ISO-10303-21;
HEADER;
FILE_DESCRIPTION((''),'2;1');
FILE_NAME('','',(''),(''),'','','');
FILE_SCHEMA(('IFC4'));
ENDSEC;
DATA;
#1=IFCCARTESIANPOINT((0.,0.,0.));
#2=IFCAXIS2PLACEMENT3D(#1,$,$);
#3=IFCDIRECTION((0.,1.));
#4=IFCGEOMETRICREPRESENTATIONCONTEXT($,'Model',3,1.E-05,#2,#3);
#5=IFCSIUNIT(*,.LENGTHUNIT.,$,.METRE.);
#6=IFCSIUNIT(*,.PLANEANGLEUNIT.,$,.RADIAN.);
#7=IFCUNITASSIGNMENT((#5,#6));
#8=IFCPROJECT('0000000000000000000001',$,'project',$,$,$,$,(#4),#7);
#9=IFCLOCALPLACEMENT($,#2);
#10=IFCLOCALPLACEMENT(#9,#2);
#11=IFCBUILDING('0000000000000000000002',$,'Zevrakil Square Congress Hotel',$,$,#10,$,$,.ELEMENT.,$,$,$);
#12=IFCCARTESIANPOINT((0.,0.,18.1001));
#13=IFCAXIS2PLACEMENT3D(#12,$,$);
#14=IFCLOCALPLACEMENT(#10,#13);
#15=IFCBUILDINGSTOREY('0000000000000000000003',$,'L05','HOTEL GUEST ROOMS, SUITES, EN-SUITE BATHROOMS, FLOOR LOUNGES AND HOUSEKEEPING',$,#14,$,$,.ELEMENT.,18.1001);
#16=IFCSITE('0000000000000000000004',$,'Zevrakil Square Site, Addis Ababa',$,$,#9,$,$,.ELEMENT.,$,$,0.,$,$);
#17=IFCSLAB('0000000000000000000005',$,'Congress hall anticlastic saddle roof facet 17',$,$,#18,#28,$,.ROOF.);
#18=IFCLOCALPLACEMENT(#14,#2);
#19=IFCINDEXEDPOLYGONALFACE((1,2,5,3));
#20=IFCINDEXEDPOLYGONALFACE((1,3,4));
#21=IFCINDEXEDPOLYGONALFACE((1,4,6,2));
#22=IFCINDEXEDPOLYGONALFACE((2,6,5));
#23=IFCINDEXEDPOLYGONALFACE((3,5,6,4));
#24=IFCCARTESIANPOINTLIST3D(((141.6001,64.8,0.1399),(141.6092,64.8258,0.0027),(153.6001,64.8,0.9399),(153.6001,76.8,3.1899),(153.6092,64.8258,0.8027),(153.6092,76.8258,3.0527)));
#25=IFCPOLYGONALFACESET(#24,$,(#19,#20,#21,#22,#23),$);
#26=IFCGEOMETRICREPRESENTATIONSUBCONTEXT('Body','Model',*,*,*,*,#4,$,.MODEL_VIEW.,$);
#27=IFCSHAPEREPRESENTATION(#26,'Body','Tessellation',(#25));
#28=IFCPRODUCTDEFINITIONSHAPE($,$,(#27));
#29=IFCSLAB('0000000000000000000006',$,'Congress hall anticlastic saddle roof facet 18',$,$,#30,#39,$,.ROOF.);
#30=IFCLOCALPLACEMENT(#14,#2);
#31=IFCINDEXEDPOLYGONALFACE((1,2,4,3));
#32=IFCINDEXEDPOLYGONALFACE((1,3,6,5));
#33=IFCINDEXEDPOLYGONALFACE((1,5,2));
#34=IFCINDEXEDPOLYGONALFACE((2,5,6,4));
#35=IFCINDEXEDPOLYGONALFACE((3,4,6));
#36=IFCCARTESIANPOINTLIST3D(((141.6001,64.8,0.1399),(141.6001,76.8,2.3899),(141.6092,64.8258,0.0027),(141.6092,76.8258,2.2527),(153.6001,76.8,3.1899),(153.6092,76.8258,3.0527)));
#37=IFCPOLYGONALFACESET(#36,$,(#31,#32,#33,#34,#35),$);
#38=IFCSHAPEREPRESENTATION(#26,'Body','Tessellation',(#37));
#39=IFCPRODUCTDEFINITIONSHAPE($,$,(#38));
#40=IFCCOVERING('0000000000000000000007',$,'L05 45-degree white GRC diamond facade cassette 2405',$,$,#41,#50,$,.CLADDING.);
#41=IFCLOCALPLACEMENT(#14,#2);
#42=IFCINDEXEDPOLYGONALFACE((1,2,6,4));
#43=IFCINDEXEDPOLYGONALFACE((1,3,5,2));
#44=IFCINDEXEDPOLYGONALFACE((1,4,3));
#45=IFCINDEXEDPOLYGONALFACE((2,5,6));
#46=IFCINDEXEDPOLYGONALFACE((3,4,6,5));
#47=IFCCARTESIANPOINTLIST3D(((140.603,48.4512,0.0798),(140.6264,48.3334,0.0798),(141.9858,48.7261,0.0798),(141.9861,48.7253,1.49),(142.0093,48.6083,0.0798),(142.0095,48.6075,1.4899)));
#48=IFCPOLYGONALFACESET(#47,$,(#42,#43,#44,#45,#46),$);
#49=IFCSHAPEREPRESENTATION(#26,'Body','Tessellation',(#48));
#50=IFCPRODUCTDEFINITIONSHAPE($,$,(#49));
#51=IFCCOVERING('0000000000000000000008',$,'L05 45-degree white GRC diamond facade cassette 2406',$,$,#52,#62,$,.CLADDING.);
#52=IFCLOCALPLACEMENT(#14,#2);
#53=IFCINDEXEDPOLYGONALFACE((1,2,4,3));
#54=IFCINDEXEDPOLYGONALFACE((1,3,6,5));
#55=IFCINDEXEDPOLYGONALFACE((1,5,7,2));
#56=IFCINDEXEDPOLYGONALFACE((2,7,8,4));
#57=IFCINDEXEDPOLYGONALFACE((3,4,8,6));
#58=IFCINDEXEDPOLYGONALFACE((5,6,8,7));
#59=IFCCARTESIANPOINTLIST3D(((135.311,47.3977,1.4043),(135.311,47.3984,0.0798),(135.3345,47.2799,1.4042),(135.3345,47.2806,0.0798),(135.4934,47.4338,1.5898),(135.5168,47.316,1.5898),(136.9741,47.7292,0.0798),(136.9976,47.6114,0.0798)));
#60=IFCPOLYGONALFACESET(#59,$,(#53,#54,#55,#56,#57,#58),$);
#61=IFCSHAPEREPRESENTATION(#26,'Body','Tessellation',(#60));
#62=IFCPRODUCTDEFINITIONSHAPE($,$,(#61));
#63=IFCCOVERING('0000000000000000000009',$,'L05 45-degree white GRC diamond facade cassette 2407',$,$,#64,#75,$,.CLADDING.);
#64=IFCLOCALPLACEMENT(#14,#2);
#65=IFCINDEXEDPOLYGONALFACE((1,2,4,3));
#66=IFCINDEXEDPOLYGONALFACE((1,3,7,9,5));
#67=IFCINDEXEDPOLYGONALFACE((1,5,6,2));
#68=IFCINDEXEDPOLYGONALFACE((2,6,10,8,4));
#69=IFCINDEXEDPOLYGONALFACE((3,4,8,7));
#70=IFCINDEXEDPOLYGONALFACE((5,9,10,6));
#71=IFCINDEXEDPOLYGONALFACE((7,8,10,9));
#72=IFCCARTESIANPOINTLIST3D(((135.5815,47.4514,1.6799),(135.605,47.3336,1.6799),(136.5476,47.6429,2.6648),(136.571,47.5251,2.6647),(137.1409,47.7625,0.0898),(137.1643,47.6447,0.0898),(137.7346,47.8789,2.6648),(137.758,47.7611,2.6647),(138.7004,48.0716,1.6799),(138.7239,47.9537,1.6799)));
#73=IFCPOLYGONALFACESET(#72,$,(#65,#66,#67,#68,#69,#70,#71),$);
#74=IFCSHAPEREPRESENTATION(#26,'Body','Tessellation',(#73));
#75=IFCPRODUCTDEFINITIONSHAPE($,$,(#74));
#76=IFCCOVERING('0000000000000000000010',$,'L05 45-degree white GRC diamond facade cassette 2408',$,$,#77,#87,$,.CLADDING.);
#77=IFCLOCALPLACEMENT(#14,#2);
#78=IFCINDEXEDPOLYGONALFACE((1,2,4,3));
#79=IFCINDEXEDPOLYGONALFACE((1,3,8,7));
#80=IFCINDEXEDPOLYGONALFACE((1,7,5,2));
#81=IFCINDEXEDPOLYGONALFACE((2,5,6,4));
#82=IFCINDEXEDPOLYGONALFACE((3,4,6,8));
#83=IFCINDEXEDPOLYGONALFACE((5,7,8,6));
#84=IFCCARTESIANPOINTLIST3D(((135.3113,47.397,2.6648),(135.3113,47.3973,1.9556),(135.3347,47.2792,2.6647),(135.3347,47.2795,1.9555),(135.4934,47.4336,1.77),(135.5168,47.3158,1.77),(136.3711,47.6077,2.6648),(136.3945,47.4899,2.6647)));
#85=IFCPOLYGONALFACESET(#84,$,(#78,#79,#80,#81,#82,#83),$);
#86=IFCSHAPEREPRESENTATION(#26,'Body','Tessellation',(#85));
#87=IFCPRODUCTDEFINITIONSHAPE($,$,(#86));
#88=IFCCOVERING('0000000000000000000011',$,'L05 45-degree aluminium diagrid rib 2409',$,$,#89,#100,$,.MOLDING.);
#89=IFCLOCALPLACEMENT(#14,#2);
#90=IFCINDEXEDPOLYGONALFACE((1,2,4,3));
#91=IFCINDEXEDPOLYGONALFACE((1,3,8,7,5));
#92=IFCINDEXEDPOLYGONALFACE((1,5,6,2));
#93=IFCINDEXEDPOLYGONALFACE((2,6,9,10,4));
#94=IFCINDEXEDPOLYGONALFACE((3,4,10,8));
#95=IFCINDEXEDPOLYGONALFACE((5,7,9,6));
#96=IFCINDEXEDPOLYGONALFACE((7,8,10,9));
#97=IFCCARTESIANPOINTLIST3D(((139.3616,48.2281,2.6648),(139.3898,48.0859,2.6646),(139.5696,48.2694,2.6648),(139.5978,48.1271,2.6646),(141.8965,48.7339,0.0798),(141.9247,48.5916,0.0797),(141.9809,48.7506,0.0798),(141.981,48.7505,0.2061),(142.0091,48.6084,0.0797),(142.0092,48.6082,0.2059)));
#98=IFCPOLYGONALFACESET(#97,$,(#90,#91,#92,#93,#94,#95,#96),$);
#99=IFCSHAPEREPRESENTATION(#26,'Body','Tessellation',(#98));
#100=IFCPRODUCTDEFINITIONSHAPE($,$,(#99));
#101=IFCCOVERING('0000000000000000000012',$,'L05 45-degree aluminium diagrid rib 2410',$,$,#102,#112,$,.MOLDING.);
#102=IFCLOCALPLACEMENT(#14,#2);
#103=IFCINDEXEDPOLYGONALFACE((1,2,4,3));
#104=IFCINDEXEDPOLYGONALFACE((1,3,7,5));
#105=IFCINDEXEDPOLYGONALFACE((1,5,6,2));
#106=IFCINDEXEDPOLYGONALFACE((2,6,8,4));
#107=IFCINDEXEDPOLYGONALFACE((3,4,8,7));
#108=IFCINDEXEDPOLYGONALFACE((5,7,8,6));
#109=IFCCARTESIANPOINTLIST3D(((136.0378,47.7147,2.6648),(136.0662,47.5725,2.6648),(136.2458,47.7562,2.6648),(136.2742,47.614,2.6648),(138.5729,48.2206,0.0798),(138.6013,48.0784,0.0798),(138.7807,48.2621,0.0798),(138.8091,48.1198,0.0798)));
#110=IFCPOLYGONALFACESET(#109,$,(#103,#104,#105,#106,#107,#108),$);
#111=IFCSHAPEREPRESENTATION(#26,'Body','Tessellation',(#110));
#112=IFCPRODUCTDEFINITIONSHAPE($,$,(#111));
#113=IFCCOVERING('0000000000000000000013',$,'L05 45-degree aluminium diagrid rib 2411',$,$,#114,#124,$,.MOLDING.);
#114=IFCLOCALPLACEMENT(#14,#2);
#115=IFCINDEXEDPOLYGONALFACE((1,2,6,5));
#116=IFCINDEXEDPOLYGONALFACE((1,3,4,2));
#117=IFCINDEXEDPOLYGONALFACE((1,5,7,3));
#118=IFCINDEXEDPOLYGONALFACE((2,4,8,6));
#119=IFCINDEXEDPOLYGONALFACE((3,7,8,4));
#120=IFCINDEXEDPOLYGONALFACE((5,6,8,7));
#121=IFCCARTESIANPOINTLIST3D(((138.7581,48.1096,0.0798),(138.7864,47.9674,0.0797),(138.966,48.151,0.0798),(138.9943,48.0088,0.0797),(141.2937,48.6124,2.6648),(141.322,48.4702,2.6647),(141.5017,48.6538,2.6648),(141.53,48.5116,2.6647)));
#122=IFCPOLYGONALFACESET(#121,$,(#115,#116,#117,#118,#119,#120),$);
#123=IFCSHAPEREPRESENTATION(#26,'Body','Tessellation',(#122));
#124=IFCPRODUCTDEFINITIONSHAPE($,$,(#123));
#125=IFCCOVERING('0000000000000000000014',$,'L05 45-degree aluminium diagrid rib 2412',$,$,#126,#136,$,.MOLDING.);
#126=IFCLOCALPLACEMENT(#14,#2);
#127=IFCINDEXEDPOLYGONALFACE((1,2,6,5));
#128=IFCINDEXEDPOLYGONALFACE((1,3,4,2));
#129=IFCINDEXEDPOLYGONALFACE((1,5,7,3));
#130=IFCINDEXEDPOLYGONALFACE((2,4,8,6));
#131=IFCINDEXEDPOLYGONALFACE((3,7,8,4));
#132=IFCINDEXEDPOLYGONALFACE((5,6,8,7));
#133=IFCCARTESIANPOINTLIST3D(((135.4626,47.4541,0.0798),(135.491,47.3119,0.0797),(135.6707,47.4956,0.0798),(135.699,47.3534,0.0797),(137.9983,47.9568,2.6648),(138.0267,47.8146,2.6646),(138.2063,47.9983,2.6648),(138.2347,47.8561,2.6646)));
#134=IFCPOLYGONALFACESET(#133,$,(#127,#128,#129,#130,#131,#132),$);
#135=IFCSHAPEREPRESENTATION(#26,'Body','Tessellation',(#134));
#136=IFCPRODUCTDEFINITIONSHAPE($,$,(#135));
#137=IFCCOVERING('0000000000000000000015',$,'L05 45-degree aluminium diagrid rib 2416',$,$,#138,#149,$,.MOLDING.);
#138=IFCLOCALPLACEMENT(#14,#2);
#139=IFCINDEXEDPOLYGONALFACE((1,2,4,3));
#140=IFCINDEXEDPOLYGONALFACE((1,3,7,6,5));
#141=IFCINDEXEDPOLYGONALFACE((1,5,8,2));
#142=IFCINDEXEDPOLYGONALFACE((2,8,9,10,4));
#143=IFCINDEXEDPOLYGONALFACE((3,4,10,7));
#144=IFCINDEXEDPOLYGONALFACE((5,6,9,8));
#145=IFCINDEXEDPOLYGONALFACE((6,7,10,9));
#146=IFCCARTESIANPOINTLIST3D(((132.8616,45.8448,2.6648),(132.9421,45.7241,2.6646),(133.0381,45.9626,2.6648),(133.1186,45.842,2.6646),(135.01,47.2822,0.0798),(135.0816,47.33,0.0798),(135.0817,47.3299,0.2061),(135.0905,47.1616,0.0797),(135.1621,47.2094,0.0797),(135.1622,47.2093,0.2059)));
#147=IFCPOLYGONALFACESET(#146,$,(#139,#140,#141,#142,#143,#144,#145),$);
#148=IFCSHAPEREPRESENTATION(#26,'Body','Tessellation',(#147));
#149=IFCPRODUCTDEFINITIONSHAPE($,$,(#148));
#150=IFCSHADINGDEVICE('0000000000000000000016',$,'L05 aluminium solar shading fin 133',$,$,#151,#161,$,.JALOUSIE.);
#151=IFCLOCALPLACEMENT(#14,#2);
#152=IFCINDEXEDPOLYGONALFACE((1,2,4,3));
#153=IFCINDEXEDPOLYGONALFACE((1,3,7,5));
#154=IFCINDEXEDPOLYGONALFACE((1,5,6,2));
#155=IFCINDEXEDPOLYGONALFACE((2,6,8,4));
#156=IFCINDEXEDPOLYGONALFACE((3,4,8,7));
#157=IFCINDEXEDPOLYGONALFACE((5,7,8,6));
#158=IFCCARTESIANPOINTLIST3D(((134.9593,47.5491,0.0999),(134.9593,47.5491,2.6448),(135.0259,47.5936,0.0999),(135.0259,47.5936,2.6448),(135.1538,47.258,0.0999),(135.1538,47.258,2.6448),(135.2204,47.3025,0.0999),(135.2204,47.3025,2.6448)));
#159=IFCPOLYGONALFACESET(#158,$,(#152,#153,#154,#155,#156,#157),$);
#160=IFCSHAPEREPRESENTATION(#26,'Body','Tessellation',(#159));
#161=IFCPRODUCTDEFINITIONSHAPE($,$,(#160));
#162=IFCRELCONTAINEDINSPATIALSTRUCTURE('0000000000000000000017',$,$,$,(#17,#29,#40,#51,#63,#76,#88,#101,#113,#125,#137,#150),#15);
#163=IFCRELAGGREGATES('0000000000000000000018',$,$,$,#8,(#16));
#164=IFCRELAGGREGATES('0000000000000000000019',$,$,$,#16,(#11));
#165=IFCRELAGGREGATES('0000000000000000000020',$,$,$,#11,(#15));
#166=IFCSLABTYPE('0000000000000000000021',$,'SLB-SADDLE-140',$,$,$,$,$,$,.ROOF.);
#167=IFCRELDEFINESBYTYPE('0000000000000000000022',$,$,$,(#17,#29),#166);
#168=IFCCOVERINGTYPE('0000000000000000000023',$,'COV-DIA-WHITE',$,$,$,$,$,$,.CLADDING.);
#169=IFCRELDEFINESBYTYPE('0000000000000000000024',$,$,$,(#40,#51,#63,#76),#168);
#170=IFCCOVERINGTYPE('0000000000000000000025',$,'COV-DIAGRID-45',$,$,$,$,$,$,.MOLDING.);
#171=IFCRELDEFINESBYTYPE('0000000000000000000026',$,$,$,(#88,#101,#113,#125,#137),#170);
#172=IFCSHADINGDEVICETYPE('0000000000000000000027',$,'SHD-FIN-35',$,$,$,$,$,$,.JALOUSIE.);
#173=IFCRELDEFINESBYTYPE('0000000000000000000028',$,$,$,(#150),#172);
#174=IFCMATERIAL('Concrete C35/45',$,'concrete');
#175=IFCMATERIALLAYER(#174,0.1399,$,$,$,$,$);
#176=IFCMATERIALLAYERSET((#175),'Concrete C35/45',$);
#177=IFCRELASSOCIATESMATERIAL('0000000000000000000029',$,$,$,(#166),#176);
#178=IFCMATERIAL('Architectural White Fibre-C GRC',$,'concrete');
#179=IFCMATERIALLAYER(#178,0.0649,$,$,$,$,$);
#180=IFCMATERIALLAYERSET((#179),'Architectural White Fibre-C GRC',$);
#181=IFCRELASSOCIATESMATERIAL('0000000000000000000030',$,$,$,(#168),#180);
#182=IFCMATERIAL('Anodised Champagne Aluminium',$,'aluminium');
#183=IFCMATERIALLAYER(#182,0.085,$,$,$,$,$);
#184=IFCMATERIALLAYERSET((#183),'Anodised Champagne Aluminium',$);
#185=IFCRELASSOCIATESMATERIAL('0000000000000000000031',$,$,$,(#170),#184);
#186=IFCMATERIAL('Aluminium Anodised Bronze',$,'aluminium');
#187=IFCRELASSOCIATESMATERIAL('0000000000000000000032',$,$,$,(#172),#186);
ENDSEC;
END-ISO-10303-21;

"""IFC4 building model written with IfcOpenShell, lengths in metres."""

from ifc_helpers import new_model, si_unit, direction, frame, origin, origin_2d, place, context, subcontext, project, spatial, polyline, rectangle, outline, extrude, material, layer, layer_set, type_object, element, save


model = new_model("IFC4")

# Units and contexts
model_context = context("Model", 3, precision=1e-05, world=origin(), true_north=direction((0.0, 1.0)))
body_context = subcontext(model_context, "Body", "Model", "MODEL_VIEW")
ifc_project = project(units=[si_unit("LENGTHUNIT", "METRE"), si_unit("PLANEANGLEUNIT", "RADIAN")], contexts=[model_context])

# Site, building, storey
site_placement = place(None, origin())
site = spatial("IfcSite", under=ifc_project, at=site_placement, Name="Zevrakil Square Site, Addis Ababa", CompositionType="ELEMENT", RefElevation=0.0)
building_placement = place(site_placement, origin())
building = spatial("IfcBuilding", under=site, at=building_placement, Name="Zevrakil Square Congress Hotel", CompositionType="ELEMENT")
storey_placement = place(building_placement, frame((0.0, 0.0, 18.1001)))
storey = spatial("IfcBuildingStorey", under=building, at=storey_placement, Name="L05", Description="HOTEL GUEST ROOMS, SUITES, EN-SUITE BATHROOMS, FLOOR LOUNGES AND HOUSEKEEPING", CompositionType="ELEMENT", Elevation=18.1001)

# Slabs
ifc_material_1 = material(Name="Concrete C35/45", Category="concrete")
ifc_layer_1 = layer(ifc_material_1, 0.1399)
ifc_layer_set_1 = layer_set([ifc_layer_1], Name="Concrete C35/45")
slab_type = type_object("IfcSlabType", Name="SLB-SADDLE-140", PredefinedType="ROOF", material=ifc_layer_set_1)
slab_1_placement = place(storey_placement, frame((141.6001, 64.8, 0.1399), z_axis=(-0.065389, -0.183894, 0.980769), x_axis=(0.997785, 0.0, 0.066523)))
element("IfcSlab", 1, at=slab_1_placement, inside=storey, type_object=slab_type, Name="Congress hall anticlastic saddle roof facet 17", PredefinedType="ROOF", context=body_context, shape_type="SweptSolid", body=[
    extrude(outline(polyline([(0.0, 0.0), (12.0266, 0.0), (12.1763, 12.2082), (0.0, 0.0)])), origin(), (0.0, 0.0, -1.0), 0.1399),
])
slab_2_placement = place(storey_placement, frame((141.6001, 64.8, 0.1399), z_axis=(-0.065389, -0.183894, 0.980769), x_axis=(0.695956, 0.695956, 0.176892)))
element("IfcSlab", 2, at=slab_2_placement, inside=storey, type_object=slab_type, Name="Congress hall anticlastic saddle roof facet 18", PredefinedType="ROOF", context=body_context, shape_type="SweptSolid", body=[
    extrude(outline(polyline([(0.0, 0.0), (17.2425, 0.0), (8.7495, 8.5152), (0.0, 0.0)])), origin(), (0.0, 0.0, -1.0), 0.1399),
])

# Coverings
ifc_material_2 = material(Name="Architectural White Fibre-C GRC", Category="concrete")
ifc_layer_2 = layer(ifc_material_2, 0.0649)
ifc_layer_set_2 = layer_set([ifc_layer_2], Name="Architectural White Fibre-C GRC")
covering_type_1 = type_object("IfcCoveringType", Name="COV-DIA-WHITE", PredefinedType="CLADDING", material=ifc_layer_set_2)
covering_1_placement = place(storey_placement, frame((140.603, 48.4512, 0.0798), z_axis=(-0.194984, 0.980806, 0.000543), x_axis=(0.980806, 0.194984, 0.0)))
element("IfcCovering", 3, at=covering_1_placement, inside=storey, type_object=covering_type_1, Name="L05 45-degree white GRC diamond facade cassette 2405", PredefinedType="CLADDING", context=body_context, shape_type="SweptSolid", body=[
    extrude(outline(polyline([(0.0, 0.0), (1.4099, 0.0), (1.41, -1.4102), (0.0, 0.0)])), origin(), (0.0, 0.0, -1.0), 0.1201),
])
covering_2_placement = place(storey_placement, frame((135.4934, 47.4338, 1.5898), z_axis=(-0.195073, 0.980789, 0.000567), x_axis=(-0.694293, -0.137682, -0.7064)))
element("IfcCovering", 4, at=covering_2_placement, inside=storey, type_object=covering_type_1, Name="L05 45-degree white GRC diamond facade cassette 2406", PredefinedType="CLADDING", context=body_context, shape_type="SweptSolid", body=[
    extrude(outline(polyline([(0.0, 0.0), (0.2627, 0.0), (1.1982, -0.9376), (-0.0021, -2.1354), (0.0, 0.0)])), origin(), (0.0, 0.0, -1.0), 0.1201),
])
covering_3_placement = place(storey_placement, frame((135.5815, 47.4514, 1.6799), z_axis=(-0.195016, 0.9808, 0.000624), x_axis=(0.693435, 0.138328, -0.707116)))
element("IfcCovering", 5, at=covering_3_placement, inside=storey, type_object=covering_type_1, Name="L05 45-degree white GRC diamond facade cassette 2407", PredefinedType="CLADDING", context=body_context, shape_type="SweptSolid", body=[
    extrude(outline(polyline([(0.0, 0.0), (2.2487, 0.0), (2.2485, -2.2486), (0.8557, -2.2486), (0.0, -1.3928), (0.0, 0.0)])), origin(), (0.0, 0.0, -1.0), 0.1201),
])
covering_4_placement = place(storey_placement, frame((135.4934, 47.4336, 1.77), z_axis=(-0.195052, 0.980793, 0.000439), x_axis=(0.693588, 0.137618, 0.707105)))
element("IfcCovering", 6, at=covering_4_placement, inside=storey, type_object=covering_type_1, Name="L05 45-degree white GRC diamond facade cassette 2408", PredefinedType="CLADDING", context=body_context, shape_type="SweptSolid", body=[
    extrude(outline(polyline([(0.0, 0.0), (1.2654, 0.0), (0.5013, -0.7641), (-0.0001, -0.2625), (0.0, 0.0)])), origin(), (0.0, 0.0, -1.0), 0.1201),
])
ifc_material_3 = material(Name="Anodised Champagne Aluminium", Category="aluminium")
ifc_layer_3 = layer(ifc_material_3, 0.085)
ifc_layer_set_3 = layer_set([ifc_layer_3], Name="Anodised Champagne Aluminium")
covering_type_2 = type_object("IfcCoveringType", Name="COV-DIAGRID-45", PredefinedType="MOLDING", material=ifc_layer_set_3)
covering_5_placement = place(storey_placement, frame((141.8965, 48.7339, 0.0798), z_axis=(-0.194536, 0.980895, 0.001155), x_axis=(0.980895, 0.194536, 0.000002)))
element("IfcCovering", 7, at=covering_5_placement, inside=storey, type_object=covering_type_2, Name="L05 45-degree aluminium diagrid rib 2409", PredefinedType="MOLDING", context=body_context, shape_type="SweptSolid", body=[
    extrude(outline(polyline([(0.0, 0.0), (0.0861, 0.0), (0.0861, -0.1262), (-2.3728, -2.585), (-2.5849, -2.585), (0.0, 0.0)])), origin(), (0.0, 0.0, -1.0), 0.145),
])
covering_6_placement = place(storey_placement, frame((138.6013, 48.0784, 0.0798), z_axis=(0.195784, -0.980647, 0.000096), x_axis=(0.980647, 0.195784, 0.0)))
element("IfcCovering", 8, at=covering_6_placement, inside=storey, type_object=covering_type_2, Name="L05 45-degree aluminium diagrid rib 2410", PredefinedType="MOLDING", context=body_context, shape_type="SweptSolid", body=[
    extrude(outline(polyline([(0.0, 0.0), (0.2119, 0.0), (-2.373, 2.585), (-2.5851, 2.585), (0.0, 0.0)])), origin(), (0.0, 0.0, -1.0), 0.145),
])
covering_7_placement = place(storey_placement, frame((141.5017, 48.6538, 2.6648), z_axis=(-0.19512, 0.980779, 0.000623), x_axis=(-0.980779, -0.19512, 0.0)))
element("IfcCovering", 9, at=covering_7_placement, inside=storey, type_object=covering_type_2, Name="L05 45-degree aluminium diagrid rib 2411", PredefinedType="MOLDING", context=body_context, shape_type="SweptSolid", body=[
    extrude(outline(polyline([(0.0, 0.0), (0.2121, 0.0), (2.7971, -2.585), (2.585, -2.585), (0.0, 0.0)])), origin(), (0.0, 0.0, -1.0), 0.145),
])
covering_8_placement = place(storey_placement, frame((138.2063, 47.9983, 2.6648), z_axis=(-0.195673, 0.980668, 0.001234), x_axis=(-0.980669, -0.195673, 0.0)))
element("IfcCovering", 10, at=covering_8_placement, inside=storey, type_object=covering_type_2, Name="L05 45-degree aluminium diagrid rib 2412", PredefinedType="MOLDING", context=body_context, shape_type="SweptSolid", body=[
    extrude(outline(polyline([(0.0, 0.0), (0.2121, 0.0), (2.7971, -2.585), (2.585, -2.585), (0.0, 0.0)])), origin(), (0.0, 0.0, -1.0), 0.145),
])
covering_9_placement = place(storey_placement, frame((135.01, 47.2822, 0.0798), z_axis=(-0.555114, 0.831774, 0.001166), x_axis=(0.831774, 0.555114, -0.000001)))
element("IfcCovering", 11, at=covering_9_placement, inside=storey, type_object=covering_type_2, Name="L05 45-degree aluminium diagrid rib 2416", PredefinedType="MOLDING", context=body_context, shape_type="SweptSolid", body=[
    extrude(outline(polyline([(0.0, 0.0), (0.0861, 0.0), (0.0861, -0.1262), (-2.3727, -2.585), (-2.585, -2.585), (0.0, 0.0)])), origin(), (0.0, 0.0, -1.0), 0.145),
])

# Shading device
ifc_material_4 = material(Name="Aluminium Anodised Bronze", Category="aluminium")
shading_device_type = type_object("IfcShadingDeviceType", Name="SHD-FIN-35", PredefinedType="JALOUSIE", material=ifc_material_4)
shading_device_placement = place(storey_placement, frame((135.0898, 47.4258, 0.0999), z_axis=(0.0, 0.0, 1.0), x_axis=(-0.55557, 0.83147, 0.0)))
element("IfcShadingDevice", 12, at=shading_device_placement, inside=storey, type_object=shading_device_type, Name="L05 aluminium solar shading fin 133", PredefinedType="JALOUSIE", context=body_context, shape_type="SweptSolid", body=[
    extrude(rectangle(XDim=0.3501, YDim=0.0801, at=origin_2d()), origin(), (0.0, 0.0, 1.0), 2.5449),
])

save(model, "model.ifc")
